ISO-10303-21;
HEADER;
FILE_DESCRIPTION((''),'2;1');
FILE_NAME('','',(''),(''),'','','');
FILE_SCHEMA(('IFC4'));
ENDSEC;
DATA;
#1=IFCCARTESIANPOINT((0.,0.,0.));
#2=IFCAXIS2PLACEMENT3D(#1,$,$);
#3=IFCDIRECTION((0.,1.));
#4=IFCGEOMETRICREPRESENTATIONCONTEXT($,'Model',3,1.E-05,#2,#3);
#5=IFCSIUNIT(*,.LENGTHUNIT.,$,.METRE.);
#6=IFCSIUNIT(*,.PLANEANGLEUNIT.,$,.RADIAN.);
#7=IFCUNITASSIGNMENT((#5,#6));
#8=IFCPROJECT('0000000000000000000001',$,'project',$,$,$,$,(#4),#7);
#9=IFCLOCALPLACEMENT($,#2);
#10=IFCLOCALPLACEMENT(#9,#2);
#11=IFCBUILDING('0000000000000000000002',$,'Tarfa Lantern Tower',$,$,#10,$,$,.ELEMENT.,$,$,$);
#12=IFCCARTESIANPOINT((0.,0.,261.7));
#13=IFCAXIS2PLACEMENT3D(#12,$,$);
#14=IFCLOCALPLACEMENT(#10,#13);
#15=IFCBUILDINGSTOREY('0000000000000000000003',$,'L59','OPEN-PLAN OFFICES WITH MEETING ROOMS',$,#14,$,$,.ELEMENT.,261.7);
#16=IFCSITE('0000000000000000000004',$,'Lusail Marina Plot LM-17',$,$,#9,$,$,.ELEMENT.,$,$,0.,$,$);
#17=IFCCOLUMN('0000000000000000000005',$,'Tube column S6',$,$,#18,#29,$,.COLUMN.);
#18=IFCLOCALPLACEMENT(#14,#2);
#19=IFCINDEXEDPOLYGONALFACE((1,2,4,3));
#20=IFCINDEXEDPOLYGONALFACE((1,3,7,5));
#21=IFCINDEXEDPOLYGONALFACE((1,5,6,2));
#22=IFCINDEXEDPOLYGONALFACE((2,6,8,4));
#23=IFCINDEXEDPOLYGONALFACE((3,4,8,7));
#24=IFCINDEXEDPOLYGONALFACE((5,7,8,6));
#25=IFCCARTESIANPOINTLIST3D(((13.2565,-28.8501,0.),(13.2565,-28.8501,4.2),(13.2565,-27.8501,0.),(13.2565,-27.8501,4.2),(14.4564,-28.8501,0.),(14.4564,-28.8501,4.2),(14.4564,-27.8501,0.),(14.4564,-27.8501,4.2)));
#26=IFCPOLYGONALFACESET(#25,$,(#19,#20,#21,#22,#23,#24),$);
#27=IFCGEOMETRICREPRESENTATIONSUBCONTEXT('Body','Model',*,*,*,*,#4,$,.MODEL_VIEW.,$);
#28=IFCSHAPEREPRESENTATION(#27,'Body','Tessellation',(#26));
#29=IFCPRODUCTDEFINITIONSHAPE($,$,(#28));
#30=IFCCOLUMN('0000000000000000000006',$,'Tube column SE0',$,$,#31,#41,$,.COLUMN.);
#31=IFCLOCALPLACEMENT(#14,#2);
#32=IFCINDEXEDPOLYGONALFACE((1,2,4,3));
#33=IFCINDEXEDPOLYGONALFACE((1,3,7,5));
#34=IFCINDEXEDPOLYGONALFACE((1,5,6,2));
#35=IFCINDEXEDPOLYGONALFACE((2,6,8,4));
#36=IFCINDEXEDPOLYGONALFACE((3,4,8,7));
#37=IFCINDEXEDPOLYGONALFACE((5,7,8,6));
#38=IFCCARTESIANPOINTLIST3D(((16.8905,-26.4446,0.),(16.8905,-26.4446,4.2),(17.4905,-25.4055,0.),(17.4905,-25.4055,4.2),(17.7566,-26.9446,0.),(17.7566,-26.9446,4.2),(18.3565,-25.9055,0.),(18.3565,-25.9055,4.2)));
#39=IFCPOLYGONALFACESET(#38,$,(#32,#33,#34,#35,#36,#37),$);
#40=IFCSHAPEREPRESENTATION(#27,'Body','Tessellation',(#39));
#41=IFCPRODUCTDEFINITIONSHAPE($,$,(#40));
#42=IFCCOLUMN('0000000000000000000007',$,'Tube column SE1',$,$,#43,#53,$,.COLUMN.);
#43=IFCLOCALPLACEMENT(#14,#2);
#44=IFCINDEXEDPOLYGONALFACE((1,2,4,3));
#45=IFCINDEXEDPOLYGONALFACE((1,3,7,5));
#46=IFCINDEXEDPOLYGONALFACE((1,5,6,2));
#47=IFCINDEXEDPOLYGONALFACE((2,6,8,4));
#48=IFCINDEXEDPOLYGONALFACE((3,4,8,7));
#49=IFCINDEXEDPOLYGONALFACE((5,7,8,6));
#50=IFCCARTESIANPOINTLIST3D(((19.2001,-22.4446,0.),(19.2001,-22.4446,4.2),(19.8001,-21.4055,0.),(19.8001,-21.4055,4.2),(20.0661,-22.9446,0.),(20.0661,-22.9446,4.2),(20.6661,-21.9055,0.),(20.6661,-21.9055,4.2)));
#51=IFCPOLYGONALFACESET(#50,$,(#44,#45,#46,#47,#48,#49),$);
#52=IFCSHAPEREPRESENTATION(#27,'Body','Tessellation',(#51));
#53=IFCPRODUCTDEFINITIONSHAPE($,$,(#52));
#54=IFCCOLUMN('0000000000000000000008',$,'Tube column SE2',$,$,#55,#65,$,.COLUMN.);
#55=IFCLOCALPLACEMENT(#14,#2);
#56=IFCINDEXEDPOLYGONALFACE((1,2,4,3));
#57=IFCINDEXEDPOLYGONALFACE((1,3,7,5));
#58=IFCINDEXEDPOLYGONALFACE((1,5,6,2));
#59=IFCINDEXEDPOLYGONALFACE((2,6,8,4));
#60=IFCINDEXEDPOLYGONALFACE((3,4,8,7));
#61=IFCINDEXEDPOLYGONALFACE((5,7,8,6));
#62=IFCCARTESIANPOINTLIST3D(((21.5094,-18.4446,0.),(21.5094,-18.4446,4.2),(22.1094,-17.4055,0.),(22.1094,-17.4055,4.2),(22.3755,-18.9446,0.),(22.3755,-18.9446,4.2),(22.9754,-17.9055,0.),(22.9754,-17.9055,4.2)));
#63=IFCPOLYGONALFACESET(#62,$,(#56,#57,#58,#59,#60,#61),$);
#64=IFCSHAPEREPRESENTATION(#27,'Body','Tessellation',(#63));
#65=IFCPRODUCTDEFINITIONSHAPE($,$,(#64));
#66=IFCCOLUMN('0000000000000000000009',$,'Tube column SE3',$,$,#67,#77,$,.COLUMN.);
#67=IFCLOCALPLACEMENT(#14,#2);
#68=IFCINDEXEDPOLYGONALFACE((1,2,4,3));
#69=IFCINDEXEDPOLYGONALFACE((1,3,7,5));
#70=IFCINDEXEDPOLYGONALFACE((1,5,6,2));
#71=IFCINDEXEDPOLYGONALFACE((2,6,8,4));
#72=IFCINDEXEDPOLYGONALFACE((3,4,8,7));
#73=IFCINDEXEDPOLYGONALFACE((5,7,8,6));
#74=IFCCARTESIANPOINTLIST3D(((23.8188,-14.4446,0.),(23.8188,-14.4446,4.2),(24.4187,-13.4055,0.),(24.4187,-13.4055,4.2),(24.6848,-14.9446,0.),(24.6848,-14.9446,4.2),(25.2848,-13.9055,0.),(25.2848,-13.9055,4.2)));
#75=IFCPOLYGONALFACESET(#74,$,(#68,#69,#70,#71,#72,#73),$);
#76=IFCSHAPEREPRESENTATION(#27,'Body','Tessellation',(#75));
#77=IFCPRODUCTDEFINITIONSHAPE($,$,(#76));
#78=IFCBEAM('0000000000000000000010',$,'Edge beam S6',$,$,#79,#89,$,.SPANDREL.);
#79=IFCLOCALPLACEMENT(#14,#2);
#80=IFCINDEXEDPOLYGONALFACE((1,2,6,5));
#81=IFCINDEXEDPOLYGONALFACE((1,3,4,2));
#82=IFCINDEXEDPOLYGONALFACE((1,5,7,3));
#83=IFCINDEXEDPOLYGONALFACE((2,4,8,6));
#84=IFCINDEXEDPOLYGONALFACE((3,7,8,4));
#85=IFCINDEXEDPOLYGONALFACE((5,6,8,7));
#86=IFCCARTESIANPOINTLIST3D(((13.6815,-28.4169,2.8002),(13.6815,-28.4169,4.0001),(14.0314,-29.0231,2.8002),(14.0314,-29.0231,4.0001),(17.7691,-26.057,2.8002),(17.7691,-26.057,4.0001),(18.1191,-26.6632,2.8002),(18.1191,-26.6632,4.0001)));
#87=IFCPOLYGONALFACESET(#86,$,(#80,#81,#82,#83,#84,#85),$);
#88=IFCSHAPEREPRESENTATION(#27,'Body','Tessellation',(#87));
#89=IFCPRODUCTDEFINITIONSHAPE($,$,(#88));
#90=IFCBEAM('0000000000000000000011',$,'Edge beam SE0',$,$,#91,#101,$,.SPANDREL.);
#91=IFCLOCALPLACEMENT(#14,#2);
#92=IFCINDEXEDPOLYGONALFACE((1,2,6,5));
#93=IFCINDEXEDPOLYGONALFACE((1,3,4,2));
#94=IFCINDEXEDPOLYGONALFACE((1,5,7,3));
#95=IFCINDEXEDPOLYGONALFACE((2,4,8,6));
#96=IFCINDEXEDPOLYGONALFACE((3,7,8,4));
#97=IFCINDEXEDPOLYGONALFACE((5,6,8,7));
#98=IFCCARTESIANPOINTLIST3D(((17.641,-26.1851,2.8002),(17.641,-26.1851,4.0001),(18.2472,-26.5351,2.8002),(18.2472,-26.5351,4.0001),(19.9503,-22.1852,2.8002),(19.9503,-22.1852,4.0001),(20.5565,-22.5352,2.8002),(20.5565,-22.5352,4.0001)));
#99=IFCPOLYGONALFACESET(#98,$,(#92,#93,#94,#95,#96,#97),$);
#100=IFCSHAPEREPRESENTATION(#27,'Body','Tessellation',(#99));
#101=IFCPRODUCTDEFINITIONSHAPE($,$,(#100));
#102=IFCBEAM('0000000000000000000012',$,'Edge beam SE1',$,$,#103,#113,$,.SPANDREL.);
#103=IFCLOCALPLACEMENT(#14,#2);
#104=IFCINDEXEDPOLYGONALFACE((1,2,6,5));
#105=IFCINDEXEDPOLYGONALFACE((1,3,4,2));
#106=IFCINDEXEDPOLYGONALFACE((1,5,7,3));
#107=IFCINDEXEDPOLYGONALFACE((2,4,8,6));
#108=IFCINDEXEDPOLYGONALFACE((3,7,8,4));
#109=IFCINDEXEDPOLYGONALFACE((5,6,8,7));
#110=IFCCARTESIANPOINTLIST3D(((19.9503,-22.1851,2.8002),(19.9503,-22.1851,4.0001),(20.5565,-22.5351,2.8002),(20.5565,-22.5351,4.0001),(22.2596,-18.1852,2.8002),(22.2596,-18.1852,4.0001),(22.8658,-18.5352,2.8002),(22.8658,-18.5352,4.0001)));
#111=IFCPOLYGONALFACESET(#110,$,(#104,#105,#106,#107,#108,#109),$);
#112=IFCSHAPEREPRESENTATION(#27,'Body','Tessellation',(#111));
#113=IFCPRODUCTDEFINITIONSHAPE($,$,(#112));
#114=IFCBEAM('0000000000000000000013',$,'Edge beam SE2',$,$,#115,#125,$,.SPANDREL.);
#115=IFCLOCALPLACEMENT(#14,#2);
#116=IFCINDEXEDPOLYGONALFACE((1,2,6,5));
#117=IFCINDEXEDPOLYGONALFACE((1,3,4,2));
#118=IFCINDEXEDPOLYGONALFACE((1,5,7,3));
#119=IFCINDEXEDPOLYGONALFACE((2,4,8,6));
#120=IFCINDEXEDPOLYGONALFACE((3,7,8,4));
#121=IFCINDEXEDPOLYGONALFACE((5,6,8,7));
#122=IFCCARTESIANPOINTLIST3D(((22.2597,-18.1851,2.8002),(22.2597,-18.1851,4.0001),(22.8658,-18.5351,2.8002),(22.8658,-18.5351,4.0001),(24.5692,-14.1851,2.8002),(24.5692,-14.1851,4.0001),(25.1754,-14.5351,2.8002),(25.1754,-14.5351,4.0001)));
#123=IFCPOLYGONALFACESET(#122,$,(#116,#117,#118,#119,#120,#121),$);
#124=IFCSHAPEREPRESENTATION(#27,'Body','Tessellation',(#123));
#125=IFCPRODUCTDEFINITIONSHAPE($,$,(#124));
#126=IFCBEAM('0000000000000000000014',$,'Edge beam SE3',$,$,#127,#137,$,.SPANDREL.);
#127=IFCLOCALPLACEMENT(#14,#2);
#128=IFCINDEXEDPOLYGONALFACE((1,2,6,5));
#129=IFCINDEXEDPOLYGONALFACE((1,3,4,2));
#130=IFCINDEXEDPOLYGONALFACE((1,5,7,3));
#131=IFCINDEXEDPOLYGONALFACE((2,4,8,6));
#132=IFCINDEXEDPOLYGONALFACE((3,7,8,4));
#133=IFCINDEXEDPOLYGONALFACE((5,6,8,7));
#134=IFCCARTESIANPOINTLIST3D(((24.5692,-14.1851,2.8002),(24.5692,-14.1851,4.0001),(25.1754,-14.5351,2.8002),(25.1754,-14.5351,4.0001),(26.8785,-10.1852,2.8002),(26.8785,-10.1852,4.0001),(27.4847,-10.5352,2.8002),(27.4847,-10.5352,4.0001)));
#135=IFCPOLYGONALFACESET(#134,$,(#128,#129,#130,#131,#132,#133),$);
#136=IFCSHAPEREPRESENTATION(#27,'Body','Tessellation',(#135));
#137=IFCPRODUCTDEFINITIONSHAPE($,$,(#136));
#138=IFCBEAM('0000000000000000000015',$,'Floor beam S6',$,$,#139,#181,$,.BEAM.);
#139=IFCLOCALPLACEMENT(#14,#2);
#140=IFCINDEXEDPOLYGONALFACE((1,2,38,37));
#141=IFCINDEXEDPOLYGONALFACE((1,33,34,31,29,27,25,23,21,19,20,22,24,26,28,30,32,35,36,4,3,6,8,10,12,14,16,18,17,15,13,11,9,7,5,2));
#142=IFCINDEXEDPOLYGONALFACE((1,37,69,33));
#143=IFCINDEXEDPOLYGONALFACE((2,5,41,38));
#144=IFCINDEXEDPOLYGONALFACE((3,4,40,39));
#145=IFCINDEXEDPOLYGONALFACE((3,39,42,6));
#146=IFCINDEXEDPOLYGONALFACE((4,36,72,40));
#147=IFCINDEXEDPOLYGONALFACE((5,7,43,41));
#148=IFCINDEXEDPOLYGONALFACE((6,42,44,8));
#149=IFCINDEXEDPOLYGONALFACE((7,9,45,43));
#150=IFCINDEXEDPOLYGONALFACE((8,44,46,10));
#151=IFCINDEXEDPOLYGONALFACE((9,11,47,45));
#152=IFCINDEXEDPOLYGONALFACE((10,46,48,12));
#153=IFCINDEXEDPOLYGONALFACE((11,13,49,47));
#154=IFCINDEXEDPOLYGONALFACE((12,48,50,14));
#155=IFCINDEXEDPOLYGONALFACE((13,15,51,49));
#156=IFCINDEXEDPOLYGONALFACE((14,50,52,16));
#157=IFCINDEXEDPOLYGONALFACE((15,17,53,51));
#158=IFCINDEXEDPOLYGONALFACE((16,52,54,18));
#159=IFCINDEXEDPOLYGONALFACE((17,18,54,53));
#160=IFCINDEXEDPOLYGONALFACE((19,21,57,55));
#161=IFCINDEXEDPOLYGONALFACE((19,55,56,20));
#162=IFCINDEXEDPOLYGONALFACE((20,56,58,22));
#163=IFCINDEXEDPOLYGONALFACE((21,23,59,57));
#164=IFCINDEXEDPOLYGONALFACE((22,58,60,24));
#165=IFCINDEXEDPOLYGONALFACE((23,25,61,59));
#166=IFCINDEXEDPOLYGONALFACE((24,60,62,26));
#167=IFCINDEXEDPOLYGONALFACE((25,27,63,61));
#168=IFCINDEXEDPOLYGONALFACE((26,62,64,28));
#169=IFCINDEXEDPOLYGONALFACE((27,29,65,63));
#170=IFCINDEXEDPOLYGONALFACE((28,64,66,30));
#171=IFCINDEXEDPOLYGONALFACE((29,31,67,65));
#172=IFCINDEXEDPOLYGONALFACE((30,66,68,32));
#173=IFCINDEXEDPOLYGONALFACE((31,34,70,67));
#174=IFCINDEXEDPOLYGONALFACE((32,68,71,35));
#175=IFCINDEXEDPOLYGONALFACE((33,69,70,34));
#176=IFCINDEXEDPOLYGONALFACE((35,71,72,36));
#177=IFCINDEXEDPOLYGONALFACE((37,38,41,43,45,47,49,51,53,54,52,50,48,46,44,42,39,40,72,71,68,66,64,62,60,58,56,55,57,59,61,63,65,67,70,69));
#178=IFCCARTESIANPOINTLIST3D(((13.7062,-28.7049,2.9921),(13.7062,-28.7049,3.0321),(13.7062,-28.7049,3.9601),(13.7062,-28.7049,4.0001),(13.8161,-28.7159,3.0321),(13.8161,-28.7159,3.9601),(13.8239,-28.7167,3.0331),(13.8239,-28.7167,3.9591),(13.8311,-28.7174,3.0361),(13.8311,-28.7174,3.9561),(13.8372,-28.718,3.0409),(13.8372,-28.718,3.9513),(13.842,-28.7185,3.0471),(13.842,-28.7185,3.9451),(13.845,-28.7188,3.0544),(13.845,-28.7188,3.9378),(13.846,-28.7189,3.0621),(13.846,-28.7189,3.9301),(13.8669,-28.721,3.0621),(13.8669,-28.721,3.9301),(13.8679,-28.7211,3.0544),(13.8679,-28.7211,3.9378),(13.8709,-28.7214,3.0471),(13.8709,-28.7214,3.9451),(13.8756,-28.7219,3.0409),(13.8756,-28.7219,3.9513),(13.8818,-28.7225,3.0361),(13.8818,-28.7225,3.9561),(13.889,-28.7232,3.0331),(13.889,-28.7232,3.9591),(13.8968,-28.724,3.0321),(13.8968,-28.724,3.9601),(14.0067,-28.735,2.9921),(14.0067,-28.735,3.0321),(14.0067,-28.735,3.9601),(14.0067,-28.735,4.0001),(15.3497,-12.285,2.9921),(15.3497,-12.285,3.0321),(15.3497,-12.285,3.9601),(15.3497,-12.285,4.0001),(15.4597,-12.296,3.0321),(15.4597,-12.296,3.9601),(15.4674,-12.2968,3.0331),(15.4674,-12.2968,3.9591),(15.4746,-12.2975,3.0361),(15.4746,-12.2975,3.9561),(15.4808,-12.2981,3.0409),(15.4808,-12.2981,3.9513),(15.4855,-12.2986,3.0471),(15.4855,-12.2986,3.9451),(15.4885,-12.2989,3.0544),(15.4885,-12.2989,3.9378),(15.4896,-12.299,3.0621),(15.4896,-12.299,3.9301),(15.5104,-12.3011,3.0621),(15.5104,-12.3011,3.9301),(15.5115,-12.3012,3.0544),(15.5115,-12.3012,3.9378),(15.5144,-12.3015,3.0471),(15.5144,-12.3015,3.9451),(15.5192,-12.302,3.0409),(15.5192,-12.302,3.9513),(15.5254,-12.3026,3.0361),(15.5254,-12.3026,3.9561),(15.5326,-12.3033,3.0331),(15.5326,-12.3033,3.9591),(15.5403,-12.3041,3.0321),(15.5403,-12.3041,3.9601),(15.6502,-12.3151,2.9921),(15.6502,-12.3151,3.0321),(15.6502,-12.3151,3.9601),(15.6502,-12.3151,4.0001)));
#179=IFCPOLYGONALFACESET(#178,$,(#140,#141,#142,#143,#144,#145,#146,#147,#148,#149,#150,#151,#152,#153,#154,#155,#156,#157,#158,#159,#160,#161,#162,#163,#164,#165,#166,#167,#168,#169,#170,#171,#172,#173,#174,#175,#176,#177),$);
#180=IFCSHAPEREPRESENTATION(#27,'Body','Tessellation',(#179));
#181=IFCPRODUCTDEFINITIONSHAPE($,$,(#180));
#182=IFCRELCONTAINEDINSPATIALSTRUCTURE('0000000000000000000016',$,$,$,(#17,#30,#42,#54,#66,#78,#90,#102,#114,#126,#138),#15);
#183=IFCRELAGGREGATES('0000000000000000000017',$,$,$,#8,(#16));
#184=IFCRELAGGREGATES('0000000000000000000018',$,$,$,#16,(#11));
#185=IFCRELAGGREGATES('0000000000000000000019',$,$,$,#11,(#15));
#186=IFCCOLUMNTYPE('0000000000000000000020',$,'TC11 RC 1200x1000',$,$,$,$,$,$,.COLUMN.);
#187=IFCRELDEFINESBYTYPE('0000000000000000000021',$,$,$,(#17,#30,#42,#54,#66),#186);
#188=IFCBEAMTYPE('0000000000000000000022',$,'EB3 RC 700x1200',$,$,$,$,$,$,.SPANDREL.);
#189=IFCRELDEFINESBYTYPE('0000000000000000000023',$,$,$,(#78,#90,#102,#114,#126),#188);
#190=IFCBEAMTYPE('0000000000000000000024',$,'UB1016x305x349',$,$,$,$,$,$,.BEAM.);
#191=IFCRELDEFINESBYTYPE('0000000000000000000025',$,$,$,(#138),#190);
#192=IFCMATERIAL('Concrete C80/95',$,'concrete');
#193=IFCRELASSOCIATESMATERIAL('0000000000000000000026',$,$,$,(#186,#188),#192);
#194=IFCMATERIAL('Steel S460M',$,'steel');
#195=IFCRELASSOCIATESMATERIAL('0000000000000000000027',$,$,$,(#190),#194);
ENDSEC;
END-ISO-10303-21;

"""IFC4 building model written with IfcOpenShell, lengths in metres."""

from ifc_helpers import new_model, si_unit, direction, frame, origin, origin_2d, place, context, subcontext, project, spatial, rectangle, i_section, extrude, material, material_profile, profile_set, type_object, element, save


model = new_model("IFC4")

# Units and contexts
model_context = context("Model", 3, precision=1e-05, world=origin(), true_north=direction((0.0, 1.0)))
body_context = subcontext(model_context, "Body", "Model", "MODEL_VIEW")
ifc_project = project(units=[si_unit("LENGTHUNIT", "METRE"), si_unit("PLANEANGLEUNIT", "RADIAN")], contexts=[model_context])

# Site, building, storey
site_placement = place(None, origin())
site = spatial("IfcSite", under=ifc_project, at=site_placement, Name="Lusail Marina Plot LM-17", CompositionType="ELEMENT", RefElevation=0.0)
building_placement = place(site_placement, origin())
building = spatial("IfcBuilding", under=site, at=building_placement, Name="Tarfa Lantern Tower", CompositionType="ELEMENT")
storey_placement = place(building_placement, frame((0.0, 0.0, 261.7)))
storey = spatial("IfcBuildingStorey", under=building, at=storey_placement, Name="L59", Description="OPEN-PLAN OFFICES WITH MEETING ROOMS", CompositionType="ELEMENT", Elevation=261.7)

# Columns
ifc_material_1 = material(Name="Concrete C80/95", Category="concrete")
ifc_material_profile_1 = material_profile(ifc_material_1, rectangle(XDim=1.2, YDim=1.0, at=origin_2d()), Name="RC 1200x1000")
ifc_profile_set_1 = profile_set([ifc_material_profile_1], Name="Concrete C80/95")
column_type = type_object("IfcColumnType", Name="TC11 RC 1200x1000", PredefinedType="COLUMN", material=ifc_profile_set_1)
for number, where, z_axis, x_axis, name in (
    (1, (13.8564, -28.3501, 0.0), (0.0, 0.0, 1.0), (1.0, 0.0, 0.0), "Tube column S6"),
    (2, (17.6235, -26.175, 0.0), (0.0, 0.0, 1.0), (0.5, 0.866025, 0.0), "Tube column SE0"),
    (3, (19.9331, -22.175, 0.0), (0.0, 0.0, 1.0), (0.5, 0.866025, 0.0), "Tube column SE1"),
    (4, (22.2424, -18.175, 0.0), (0.0, 0.0, 1.0), (0.5, 0.866025, 0.0), "Tube column SE2"),
    (5, (24.5518, -14.175, 0.0), (0.0, 0.0, 1.0), (0.5, 0.866025, 0.0), "Tube column SE3"),
):
    element("IfcColumn", number, at=place(storey_placement, frame(where, z_axis=z_axis, x_axis=x_axis)), inside=storey, type_object=column_type, Name=name, PredefinedType="COLUMN", context=body_context, shape_type="SweptSolid", body=[
        extrude(rectangle(XDim=1.2, YDim=1.0, at=origin_2d()), origin(), (0.0, 0.0, 1.0), 4.2),
    ])

# Beams
ifc_material_profile_2 = material_profile(ifc_material_1, rectangle(XDim=0.7, YDim=1.2, at=origin_2d()), Name="RC 700x1200")
ifc_profile_set_2 = profile_set([ifc_material_profile_2], Name="Concrete C80/95")
beam_type_1 = type_object("IfcBeamType", Name="EB3 RC 700x1200", PredefinedType="SPANDREL", material=ifc_profile_set_2)
beam_1_placement = place(storey_placement, frame((13.8564, -28.72, 3.4001), z_axis=(0.866038, 0.499978, 0.0), x_axis=(-0.499978, 0.866038, 0.0)))
element("IfcBeam", 6, at=beam_1_placement, inside=storey, type_object=beam_type_1, Name="Edge beam S6", PredefinedType="SPANDREL", context=body_context, shape_type="SweptSolid", body=[
    extrude(rectangle(XDim=0.7, YDim=1.2, at=origin_2d()), origin(), (0.0, 0.0, 1.0), 4.72),
])
for number, where, z_axis, x_axis, name in (
    (7, (17.9441, -26.3601, 3.4001), (0.499988, 0.866032, 0.0), (-0.866032, 0.499988, 0.0), "Edge beam SE0"),
    (8, (20.2534, -22.3601, 3.4001), (0.499988, 0.866032, 0.0), (-0.866032, 0.499988, 0.0), "Edge beam SE1"),
):
    element("IfcBeam", number, at=place(storey_placement, frame(where, z_axis=z_axis, x_axis=x_axis)), inside=storey, type_object=beam_type_1, Name=name, PredefinedType="SPANDREL", context=body_context, shape_type="SweptSolid", body=[
        extrude(rectangle(XDim=0.7, YDim=1.2, at=origin_2d()), origin(), (0.0, 0.0, 1.0), 4.6187),
    ])
beam_2_placement = place(storey_placement, frame((22.5627, -18.3601, 3.4001), z_axis=(0.500027, 0.86601, 0.0), x_axis=(-0.86601, 0.500027, 0.0)))
element("IfcBeam", 9, at=beam_2_placement, inside=storey, type_object=beam_type_1, Name="Edge beam SE2", PredefinedType="SPANDREL", context=body_context, shape_type="SweptSolid", body=[
    extrude(rectangle(XDim=0.7, YDim=1.2, at=origin_2d()), origin(), (0.0, 0.0, 1.0), 4.6189),
])
beam_3_placement = place(storey_placement, frame((24.8723, -14.3601, 3.4001), z_axis=(0.499988, 0.866032, 0.0), x_axis=(-0.866032, 0.499988, 0.0)))
element("IfcBeam", 10, at=beam_3_placement, inside=storey, type_object=beam_type_1, Name="Edge beam SE3", PredefinedType="SPANDREL", context=body_context, shape_type="SweptSolid", body=[
    extrude(rectangle(XDim=0.7, YDim=1.2, at=origin_2d()), origin(), (0.0, 0.0, 1.0), 4.6187),
])
ifc_material_2 = material(Name="Steel S460M", Category="steel")
ifc_material_profile_3 = material_profile(ifc_material_2, i_section(OverallWidth=0.302, OverallDepth=1.0081, WebThickness=0.021, FlangeThickness=0.04, FilletRadius=0.03, at=origin_2d()), Name="UB1016x305x349")
ifc_profile_set_3 = profile_set([ifc_material_profile_3], Name="Steel S460M")
beam_type_2 = type_object("IfcBeamType", Name="UB1016x305x349", PredefinedType="BEAM", material=ifc_profile_set_3)
beam_4_placement = place(storey_placement, frame((13.8564, -28.72, 3.4961), z_axis=(0.099597, 0.995028, 0.0), x_axis=(-0.995028, 0.099597, 0.0)))
element("IfcBeam", 11, at=beam_4_placement, inside=storey, type_object=beam_type_2, Name="Floor beam S6", PredefinedType="BEAM", context=body_context, shape_type="SweptSolid", body=[
    extrude(i_section(OverallWidth=0.302, OverallDepth=1.0081, WebThickness=0.021, FlangeThickness=0.04, FilletRadius=0.03, at=origin_2d()), origin(), (0.0, 0.0, 1.0), 16.502),
])

save(model, "model.ifc")
